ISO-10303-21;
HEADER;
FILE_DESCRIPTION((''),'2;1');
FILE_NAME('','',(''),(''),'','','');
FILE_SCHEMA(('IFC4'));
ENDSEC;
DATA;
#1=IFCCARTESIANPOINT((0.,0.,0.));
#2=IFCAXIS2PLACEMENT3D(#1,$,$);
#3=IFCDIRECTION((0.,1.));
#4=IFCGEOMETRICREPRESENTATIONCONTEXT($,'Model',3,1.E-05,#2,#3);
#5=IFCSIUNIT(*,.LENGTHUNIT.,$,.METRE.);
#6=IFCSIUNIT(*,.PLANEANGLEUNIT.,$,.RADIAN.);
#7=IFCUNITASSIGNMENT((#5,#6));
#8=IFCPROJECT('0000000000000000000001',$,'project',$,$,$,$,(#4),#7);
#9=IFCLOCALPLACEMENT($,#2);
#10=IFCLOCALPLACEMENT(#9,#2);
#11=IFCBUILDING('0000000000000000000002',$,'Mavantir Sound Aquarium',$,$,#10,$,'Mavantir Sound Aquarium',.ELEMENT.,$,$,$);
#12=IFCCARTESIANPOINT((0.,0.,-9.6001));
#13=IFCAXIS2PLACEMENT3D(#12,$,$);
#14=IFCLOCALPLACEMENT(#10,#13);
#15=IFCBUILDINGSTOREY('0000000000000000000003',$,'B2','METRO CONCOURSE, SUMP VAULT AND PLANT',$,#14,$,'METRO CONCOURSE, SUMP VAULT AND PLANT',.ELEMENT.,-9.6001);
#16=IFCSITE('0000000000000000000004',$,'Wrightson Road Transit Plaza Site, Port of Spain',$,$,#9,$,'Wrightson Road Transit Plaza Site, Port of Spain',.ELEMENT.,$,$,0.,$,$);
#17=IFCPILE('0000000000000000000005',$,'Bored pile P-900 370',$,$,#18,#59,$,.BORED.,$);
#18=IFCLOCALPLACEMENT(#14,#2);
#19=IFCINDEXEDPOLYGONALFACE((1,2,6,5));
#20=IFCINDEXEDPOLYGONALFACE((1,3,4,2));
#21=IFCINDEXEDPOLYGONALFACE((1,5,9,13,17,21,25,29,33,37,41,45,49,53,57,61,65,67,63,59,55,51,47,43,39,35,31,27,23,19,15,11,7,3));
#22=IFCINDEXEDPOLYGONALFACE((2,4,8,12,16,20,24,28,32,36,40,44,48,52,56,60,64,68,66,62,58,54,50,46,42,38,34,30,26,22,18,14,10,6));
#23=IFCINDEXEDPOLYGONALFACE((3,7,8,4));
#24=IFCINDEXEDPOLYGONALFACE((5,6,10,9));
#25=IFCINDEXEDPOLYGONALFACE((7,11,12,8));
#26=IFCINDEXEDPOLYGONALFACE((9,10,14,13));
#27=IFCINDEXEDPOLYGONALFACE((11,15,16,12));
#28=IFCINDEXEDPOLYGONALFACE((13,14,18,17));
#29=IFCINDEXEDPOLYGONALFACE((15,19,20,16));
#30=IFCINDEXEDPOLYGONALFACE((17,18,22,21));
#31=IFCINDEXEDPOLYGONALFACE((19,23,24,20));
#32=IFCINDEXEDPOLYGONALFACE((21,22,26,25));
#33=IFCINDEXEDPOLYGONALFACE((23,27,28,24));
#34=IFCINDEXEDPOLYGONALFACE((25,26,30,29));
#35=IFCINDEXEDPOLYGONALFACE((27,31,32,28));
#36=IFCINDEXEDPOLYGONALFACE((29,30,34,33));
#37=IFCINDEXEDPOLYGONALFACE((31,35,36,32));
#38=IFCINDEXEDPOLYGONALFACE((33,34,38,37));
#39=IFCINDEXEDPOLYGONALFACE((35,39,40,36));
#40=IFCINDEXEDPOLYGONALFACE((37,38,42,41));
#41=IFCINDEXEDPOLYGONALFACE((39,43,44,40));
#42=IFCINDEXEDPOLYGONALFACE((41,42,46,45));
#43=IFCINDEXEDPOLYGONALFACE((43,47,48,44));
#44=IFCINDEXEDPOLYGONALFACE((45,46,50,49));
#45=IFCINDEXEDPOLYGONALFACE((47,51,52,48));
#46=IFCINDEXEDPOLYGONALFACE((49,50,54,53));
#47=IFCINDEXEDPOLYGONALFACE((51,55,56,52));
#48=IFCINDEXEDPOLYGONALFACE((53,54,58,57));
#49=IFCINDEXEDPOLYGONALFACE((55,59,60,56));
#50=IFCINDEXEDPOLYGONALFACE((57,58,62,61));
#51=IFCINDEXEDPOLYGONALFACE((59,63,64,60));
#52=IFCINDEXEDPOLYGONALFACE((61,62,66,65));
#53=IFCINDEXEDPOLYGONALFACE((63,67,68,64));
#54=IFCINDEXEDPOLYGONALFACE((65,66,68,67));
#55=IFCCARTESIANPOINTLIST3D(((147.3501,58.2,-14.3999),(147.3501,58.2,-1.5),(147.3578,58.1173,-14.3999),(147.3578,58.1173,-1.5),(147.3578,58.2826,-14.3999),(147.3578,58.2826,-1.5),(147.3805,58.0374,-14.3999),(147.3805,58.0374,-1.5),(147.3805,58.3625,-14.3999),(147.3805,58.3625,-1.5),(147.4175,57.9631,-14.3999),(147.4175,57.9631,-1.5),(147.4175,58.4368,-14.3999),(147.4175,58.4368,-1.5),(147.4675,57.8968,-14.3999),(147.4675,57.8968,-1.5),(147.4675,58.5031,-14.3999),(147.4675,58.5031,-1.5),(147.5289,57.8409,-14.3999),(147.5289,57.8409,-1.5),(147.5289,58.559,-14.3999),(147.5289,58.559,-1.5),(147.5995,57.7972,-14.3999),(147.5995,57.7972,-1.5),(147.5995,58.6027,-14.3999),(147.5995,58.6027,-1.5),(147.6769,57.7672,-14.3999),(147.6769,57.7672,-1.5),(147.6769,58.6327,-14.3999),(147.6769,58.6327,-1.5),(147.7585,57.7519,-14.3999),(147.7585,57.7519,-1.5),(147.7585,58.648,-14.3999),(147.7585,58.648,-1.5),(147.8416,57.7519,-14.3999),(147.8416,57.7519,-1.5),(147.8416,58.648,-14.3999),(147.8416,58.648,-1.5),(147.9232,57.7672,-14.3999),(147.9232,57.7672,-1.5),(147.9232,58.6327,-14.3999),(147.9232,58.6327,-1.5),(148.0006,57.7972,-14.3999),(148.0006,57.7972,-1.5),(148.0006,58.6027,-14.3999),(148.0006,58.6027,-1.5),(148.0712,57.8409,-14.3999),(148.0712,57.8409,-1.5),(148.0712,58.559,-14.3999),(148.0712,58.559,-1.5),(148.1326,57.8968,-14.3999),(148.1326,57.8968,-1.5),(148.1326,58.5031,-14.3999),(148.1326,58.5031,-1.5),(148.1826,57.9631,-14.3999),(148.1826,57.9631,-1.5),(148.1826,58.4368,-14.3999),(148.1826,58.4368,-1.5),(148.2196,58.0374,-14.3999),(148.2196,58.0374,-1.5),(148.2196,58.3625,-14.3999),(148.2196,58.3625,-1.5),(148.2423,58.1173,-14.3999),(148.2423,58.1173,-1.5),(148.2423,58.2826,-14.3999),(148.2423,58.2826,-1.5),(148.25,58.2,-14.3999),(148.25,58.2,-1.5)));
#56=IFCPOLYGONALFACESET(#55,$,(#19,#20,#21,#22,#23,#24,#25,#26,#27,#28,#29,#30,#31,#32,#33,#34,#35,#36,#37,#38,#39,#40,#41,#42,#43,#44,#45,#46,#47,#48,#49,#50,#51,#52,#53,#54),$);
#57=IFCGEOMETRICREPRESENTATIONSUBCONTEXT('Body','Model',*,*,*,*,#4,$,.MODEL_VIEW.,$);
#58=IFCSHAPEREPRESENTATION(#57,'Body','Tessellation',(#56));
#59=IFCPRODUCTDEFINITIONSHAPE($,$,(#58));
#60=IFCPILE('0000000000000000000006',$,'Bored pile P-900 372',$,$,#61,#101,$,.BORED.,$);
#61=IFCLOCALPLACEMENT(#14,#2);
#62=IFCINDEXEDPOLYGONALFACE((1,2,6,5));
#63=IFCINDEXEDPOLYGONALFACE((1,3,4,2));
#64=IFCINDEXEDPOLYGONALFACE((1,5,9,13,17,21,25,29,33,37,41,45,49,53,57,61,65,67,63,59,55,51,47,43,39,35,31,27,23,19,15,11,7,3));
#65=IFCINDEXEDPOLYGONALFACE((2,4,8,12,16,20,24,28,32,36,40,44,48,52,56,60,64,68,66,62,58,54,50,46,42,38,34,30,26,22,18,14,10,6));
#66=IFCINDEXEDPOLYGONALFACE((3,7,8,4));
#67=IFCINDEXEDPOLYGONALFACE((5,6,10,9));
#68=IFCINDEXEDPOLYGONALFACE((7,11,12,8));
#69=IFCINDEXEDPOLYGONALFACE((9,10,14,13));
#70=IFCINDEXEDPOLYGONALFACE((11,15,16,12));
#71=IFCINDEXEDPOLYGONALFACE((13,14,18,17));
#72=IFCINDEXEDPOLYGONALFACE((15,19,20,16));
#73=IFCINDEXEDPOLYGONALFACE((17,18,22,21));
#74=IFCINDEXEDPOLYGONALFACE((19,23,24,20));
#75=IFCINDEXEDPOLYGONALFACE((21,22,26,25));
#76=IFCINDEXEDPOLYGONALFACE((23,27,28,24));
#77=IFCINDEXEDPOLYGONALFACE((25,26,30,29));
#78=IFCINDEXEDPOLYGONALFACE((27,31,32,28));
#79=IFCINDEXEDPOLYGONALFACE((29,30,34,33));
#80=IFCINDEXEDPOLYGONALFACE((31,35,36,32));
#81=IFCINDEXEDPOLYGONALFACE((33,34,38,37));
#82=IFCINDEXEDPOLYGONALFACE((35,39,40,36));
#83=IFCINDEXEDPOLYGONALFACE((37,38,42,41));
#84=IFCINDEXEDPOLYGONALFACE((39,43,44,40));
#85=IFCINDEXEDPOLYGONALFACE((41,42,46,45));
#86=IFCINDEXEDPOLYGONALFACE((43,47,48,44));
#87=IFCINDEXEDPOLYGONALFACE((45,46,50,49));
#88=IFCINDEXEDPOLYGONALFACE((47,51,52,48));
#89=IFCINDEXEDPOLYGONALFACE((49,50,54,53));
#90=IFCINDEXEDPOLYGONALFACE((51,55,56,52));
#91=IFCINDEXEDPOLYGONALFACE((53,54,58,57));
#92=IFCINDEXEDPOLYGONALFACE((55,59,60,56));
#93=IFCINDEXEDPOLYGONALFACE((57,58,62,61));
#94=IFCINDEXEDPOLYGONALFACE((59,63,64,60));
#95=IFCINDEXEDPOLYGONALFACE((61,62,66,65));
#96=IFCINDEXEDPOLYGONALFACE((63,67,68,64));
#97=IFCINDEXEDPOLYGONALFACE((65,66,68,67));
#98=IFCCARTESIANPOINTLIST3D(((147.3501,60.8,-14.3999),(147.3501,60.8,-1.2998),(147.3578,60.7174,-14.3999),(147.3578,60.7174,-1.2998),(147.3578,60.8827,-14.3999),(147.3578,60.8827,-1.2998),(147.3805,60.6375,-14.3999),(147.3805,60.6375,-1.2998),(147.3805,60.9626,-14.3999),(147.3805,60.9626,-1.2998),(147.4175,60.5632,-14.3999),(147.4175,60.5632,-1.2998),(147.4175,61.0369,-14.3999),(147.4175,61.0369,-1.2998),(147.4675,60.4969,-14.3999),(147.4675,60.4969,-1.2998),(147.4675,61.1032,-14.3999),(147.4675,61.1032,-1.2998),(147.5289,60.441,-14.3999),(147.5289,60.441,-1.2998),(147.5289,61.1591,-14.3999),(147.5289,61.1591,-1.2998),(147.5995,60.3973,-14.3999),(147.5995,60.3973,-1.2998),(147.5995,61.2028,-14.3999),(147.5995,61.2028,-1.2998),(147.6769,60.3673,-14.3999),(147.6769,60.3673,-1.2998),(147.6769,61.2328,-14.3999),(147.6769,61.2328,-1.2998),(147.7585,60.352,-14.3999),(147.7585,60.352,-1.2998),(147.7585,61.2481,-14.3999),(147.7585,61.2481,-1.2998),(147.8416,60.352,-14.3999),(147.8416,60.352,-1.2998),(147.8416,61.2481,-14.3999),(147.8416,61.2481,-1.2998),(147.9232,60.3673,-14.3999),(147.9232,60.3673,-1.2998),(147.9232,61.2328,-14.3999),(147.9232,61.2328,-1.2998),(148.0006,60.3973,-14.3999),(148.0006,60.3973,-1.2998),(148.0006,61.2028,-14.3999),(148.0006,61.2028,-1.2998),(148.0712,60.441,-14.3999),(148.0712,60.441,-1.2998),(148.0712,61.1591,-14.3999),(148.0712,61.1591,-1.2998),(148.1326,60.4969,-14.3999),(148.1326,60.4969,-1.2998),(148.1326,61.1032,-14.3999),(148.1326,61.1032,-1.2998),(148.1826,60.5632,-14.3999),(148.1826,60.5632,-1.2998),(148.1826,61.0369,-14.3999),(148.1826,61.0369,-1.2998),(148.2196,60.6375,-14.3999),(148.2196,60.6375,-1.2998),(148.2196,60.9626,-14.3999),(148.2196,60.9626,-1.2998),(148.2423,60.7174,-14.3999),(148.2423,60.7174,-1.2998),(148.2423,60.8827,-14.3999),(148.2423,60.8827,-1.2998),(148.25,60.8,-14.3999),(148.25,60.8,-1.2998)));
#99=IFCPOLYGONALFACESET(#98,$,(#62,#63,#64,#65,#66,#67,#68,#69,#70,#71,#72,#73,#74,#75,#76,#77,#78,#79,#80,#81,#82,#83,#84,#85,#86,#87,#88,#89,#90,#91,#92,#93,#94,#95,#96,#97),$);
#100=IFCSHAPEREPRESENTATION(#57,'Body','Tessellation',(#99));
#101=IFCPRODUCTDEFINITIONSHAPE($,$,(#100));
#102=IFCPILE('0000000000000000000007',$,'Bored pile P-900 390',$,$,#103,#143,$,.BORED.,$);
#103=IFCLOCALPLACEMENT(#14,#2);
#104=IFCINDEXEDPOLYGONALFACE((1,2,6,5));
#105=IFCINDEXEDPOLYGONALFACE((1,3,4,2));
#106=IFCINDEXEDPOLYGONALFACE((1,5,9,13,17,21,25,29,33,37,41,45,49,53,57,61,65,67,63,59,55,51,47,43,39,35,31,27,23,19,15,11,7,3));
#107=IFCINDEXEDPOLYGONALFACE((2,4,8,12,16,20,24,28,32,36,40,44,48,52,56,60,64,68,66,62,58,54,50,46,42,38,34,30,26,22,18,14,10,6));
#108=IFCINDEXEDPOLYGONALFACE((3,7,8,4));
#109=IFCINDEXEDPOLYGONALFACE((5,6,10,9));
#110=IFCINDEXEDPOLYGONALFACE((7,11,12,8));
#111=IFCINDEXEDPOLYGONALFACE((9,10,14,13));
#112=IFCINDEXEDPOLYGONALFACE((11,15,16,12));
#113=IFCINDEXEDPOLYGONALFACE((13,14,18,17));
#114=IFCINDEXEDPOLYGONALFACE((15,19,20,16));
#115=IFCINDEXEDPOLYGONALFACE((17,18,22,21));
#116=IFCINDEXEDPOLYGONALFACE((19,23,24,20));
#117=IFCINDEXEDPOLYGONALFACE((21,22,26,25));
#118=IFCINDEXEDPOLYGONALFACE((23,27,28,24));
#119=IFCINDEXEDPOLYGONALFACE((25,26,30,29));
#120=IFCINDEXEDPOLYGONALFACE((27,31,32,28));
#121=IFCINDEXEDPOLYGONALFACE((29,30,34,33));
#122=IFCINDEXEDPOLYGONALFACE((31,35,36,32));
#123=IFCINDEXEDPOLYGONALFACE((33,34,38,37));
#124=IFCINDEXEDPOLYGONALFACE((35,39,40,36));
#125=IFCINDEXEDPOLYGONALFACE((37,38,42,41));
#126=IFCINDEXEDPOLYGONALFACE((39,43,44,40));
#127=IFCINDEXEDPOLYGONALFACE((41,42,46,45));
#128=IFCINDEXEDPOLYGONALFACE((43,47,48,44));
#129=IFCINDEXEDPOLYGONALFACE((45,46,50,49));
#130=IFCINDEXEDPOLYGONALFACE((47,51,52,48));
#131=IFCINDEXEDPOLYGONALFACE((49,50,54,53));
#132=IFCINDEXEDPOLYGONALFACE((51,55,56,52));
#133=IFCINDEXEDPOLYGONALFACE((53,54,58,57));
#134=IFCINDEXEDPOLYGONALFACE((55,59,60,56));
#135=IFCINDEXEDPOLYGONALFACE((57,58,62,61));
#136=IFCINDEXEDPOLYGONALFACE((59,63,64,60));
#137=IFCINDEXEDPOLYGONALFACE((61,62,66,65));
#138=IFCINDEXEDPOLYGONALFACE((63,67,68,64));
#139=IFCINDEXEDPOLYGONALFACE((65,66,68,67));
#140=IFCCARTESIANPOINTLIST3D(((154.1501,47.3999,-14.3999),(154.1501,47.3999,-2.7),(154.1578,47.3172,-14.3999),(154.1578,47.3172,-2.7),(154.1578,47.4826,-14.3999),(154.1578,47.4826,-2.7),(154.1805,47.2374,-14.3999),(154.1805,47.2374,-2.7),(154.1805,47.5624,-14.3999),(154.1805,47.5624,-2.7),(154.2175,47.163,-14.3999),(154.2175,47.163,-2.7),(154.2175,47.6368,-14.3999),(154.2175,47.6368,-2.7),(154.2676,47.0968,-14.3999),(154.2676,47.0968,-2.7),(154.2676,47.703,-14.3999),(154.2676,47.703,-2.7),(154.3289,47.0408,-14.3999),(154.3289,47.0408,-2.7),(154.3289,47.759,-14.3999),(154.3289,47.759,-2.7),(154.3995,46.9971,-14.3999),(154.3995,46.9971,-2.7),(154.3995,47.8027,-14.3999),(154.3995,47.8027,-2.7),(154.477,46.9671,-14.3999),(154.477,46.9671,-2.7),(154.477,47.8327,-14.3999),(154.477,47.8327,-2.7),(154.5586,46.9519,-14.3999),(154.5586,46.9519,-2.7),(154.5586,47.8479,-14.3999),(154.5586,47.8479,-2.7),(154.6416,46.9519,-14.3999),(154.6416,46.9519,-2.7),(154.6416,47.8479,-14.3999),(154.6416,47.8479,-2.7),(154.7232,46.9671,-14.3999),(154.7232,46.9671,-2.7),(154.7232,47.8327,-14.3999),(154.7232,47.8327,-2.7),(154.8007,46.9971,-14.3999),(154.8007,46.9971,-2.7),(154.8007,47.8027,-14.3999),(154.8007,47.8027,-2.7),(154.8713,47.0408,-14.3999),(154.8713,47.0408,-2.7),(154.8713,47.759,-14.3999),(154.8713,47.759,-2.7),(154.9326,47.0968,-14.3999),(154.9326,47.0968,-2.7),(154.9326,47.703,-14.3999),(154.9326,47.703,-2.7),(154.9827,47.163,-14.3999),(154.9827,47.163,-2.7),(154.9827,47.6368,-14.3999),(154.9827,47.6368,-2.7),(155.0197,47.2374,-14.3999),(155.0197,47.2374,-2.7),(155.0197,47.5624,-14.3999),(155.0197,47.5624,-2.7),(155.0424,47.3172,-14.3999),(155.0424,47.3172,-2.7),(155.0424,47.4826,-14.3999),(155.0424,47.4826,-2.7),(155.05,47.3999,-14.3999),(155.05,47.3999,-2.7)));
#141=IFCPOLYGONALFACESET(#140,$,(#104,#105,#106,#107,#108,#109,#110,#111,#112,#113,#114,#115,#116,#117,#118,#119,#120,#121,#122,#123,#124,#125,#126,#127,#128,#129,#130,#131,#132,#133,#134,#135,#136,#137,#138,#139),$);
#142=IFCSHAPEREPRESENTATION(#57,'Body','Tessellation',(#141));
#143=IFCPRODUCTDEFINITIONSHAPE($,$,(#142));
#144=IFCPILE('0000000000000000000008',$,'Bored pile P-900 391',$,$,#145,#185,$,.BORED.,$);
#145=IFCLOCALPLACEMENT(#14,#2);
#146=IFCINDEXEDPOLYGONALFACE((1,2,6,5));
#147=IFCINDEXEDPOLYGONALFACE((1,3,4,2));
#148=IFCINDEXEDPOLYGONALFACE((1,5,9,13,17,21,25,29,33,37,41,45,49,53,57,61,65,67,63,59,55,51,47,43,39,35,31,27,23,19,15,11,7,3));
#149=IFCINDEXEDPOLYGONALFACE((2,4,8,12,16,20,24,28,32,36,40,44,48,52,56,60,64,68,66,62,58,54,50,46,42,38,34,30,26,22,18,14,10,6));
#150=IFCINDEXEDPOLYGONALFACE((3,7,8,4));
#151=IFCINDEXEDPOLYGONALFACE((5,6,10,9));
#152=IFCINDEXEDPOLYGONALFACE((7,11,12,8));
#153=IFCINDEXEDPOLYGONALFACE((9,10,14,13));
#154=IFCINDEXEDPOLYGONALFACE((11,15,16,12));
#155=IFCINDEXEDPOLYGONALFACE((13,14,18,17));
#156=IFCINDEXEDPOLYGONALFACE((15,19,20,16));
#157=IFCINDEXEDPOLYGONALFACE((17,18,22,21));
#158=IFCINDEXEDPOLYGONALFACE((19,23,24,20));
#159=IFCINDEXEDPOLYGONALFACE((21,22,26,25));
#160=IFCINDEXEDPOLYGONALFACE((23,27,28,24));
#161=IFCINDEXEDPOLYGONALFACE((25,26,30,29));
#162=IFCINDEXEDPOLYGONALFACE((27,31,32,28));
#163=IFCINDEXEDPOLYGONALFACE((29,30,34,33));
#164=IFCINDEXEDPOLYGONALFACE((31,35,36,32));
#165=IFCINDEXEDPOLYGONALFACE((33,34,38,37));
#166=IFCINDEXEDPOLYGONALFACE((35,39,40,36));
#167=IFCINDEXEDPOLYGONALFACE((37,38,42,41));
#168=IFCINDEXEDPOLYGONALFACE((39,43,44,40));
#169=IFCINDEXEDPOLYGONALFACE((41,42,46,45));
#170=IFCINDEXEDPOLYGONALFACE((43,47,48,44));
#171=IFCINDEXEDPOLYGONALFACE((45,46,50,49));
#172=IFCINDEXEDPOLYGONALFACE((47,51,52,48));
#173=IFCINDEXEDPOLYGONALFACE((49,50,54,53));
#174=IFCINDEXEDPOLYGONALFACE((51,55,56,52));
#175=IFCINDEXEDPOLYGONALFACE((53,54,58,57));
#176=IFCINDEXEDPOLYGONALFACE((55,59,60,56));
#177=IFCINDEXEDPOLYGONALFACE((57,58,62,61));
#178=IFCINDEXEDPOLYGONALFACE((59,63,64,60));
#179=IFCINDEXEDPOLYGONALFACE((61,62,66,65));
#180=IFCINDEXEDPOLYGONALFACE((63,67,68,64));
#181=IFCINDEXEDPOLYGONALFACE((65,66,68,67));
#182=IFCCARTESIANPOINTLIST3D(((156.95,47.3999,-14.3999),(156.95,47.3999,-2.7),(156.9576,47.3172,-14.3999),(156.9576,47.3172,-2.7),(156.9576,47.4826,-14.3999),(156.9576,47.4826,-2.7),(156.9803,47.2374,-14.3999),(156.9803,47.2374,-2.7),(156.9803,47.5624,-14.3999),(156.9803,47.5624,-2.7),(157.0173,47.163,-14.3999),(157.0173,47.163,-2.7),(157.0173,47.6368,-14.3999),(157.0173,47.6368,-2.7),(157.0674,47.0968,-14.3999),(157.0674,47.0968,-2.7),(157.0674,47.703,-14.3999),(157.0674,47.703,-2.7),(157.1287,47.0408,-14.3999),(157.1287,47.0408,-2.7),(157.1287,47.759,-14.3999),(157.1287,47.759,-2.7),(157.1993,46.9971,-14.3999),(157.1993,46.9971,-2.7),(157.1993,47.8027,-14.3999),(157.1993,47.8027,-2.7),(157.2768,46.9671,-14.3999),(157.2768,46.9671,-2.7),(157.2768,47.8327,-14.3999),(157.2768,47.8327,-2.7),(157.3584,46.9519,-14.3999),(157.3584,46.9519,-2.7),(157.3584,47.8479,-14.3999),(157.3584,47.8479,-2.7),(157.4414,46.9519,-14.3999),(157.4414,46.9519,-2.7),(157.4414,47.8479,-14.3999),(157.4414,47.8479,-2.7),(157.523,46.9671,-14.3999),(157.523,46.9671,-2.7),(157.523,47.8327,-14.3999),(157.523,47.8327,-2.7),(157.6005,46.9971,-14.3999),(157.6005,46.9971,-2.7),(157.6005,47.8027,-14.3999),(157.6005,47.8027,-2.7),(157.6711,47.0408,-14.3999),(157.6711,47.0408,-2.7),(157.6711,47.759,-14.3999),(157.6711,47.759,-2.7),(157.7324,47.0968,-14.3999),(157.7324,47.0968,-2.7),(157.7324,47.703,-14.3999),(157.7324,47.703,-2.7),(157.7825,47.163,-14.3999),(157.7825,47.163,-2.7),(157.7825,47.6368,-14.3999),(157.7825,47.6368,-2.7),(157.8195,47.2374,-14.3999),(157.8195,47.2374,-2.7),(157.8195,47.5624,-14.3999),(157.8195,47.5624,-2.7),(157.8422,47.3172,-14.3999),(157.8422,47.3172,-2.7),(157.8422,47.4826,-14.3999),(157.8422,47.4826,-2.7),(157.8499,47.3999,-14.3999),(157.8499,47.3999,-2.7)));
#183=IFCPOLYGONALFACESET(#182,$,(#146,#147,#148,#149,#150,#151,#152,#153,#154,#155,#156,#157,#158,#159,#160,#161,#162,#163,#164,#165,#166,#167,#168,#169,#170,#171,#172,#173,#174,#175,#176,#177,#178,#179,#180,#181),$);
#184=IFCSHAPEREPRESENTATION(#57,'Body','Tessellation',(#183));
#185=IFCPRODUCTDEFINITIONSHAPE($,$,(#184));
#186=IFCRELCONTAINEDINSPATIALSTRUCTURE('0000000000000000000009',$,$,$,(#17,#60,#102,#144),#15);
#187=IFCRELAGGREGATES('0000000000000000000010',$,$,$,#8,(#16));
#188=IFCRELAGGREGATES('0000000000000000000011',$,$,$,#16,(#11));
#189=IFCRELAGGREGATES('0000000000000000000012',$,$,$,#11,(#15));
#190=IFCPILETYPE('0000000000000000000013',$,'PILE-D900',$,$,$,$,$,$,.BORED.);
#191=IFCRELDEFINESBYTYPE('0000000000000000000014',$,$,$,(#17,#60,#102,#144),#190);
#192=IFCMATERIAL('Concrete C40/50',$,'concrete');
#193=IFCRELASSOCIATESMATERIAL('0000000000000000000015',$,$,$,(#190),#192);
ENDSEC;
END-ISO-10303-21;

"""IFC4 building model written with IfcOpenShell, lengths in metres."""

from ifc_helpers import new_model, si_unit, direction, frame, origin, origin_2d, place, context, subcontext, project, spatial, circle, extrude, material, material_profile, profile_set, type_object, element, save


model = new_model("IFC4")

# Units and contexts
model_context = context("Model", 3, precision=1e-05, world=origin(), true_north=direction((0.0, 1.0)))
body_context = subcontext(model_context, "Body", "Model", "MODEL_VIEW")
ifc_project = project(units=[si_unit("LENGTHUNIT", "METRE"), si_unit("PLANEANGLEUNIT", "RADIAN")], contexts=[model_context])

# Site, building, storey
site_placement = place(None, origin())
site = spatial("IfcSite", under=ifc_project, at=site_placement, Name="Wrightson Road Transit Plaza Site, Port of Spain", LongName="Wrightson Road Transit Plaza Site, Port of Spain", CompositionType="ELEMENT", RefElevation=0.0)
building_placement = place(site_placement, origin())
building = spatial("IfcBuilding", under=site, at=building_placement, Name="Mavantir Sound Aquarium", LongName="Mavantir Sound Aquarium", CompositionType="ELEMENT")
storey_placement = place(building_placement, frame((0.0, 0.0, -9.6001)))
storey = spatial("IfcBuildingStorey", under=building, at=storey_placement, Name="B2", Description="METRO CONCOURSE, SUMP VAULT AND PLANT", LongName="METRO CONCOURSE, SUMP VAULT AND PLANT", CompositionType="ELEMENT", Elevation=-9.6001)

# Shared definitions
ifc_material_1 = material(Name="Concrete C40/50", Category="concrete")

# Piles
ifc_material_profile_1 = material_profile(ifc_material_1, circle(Radius=0.45, at=origin_2d()), Name="PILE D900")
ifc_profile_set_1 = profile_set([ifc_material_profile_1], Name="Concrete C40/50")
pile_type = type_object("IfcPileType", Name="PILE-D900", PredefinedType="BORED", material=ifc_profile_set_1)
for number, where, z_axis, x_axis, name in (
    (1, (147.8, 58.2, -1.5), (0.0, 0.0, -1.0), (1.0, 0.0, 0.0), "Bored pile P-900 370"),
):
    element("IfcPile", number, at=place(storey_placement, frame(where, z_axis=z_axis, x_axis=x_axis)), inside=storey, type_object=pile_type, Name=name, PredefinedType="BORED", context=body_context, shape_type="SweptSolid", body=[
        extrude(circle(Radius=0.45, at=origin_2d()), origin(), (0.0, 0.0, 1.0), 12.8999),
    ])
pile_1_placement = place(storey_placement, frame((147.8, 60.8, -1.2998), z_axis=(0.0, 0.0, -1.0), x_axis=(1.0, 0.0, 0.0)))
element("IfcPile", 2, at=pile_1_placement, inside=storey, type_object=pile_type, Name="Bored pile P-900 372", PredefinedType="BORED", context=body_context, shape_type="SweptSolid", body=[
    extrude(circle(Radius=0.45, at=origin_2d()), origin(), (0.0, 0.0, 1.0), 13.1001),
])
for number, where, z_axis, x_axis, name in (
    (3, (154.6001, 47.3999, -2.7), (0.0, 0.0, -1.0), (1.0, 0.0, 0.0), "Bored pile P-900 390"),
    (4, (157.3999, 47.3999, -2.7), (0.0, 0.0, -1.0), (1.0, 0.0, 0.0), "Bored pile P-900 391"),
):
    element("IfcPile", number, at=place(storey_placement, frame(where, z_axis=z_axis, x_axis=x_axis)), inside=storey, type_object=pile_type, Name=name, PredefinedType="BORED", context=body_context, shape_type="SweptSolid", body=[
        extrude(circle(Radius=0.45, at=origin_2d()), origin(), (0.0, 0.0, 1.0), 11.7),
    ])

save(model, "model.ifc")
